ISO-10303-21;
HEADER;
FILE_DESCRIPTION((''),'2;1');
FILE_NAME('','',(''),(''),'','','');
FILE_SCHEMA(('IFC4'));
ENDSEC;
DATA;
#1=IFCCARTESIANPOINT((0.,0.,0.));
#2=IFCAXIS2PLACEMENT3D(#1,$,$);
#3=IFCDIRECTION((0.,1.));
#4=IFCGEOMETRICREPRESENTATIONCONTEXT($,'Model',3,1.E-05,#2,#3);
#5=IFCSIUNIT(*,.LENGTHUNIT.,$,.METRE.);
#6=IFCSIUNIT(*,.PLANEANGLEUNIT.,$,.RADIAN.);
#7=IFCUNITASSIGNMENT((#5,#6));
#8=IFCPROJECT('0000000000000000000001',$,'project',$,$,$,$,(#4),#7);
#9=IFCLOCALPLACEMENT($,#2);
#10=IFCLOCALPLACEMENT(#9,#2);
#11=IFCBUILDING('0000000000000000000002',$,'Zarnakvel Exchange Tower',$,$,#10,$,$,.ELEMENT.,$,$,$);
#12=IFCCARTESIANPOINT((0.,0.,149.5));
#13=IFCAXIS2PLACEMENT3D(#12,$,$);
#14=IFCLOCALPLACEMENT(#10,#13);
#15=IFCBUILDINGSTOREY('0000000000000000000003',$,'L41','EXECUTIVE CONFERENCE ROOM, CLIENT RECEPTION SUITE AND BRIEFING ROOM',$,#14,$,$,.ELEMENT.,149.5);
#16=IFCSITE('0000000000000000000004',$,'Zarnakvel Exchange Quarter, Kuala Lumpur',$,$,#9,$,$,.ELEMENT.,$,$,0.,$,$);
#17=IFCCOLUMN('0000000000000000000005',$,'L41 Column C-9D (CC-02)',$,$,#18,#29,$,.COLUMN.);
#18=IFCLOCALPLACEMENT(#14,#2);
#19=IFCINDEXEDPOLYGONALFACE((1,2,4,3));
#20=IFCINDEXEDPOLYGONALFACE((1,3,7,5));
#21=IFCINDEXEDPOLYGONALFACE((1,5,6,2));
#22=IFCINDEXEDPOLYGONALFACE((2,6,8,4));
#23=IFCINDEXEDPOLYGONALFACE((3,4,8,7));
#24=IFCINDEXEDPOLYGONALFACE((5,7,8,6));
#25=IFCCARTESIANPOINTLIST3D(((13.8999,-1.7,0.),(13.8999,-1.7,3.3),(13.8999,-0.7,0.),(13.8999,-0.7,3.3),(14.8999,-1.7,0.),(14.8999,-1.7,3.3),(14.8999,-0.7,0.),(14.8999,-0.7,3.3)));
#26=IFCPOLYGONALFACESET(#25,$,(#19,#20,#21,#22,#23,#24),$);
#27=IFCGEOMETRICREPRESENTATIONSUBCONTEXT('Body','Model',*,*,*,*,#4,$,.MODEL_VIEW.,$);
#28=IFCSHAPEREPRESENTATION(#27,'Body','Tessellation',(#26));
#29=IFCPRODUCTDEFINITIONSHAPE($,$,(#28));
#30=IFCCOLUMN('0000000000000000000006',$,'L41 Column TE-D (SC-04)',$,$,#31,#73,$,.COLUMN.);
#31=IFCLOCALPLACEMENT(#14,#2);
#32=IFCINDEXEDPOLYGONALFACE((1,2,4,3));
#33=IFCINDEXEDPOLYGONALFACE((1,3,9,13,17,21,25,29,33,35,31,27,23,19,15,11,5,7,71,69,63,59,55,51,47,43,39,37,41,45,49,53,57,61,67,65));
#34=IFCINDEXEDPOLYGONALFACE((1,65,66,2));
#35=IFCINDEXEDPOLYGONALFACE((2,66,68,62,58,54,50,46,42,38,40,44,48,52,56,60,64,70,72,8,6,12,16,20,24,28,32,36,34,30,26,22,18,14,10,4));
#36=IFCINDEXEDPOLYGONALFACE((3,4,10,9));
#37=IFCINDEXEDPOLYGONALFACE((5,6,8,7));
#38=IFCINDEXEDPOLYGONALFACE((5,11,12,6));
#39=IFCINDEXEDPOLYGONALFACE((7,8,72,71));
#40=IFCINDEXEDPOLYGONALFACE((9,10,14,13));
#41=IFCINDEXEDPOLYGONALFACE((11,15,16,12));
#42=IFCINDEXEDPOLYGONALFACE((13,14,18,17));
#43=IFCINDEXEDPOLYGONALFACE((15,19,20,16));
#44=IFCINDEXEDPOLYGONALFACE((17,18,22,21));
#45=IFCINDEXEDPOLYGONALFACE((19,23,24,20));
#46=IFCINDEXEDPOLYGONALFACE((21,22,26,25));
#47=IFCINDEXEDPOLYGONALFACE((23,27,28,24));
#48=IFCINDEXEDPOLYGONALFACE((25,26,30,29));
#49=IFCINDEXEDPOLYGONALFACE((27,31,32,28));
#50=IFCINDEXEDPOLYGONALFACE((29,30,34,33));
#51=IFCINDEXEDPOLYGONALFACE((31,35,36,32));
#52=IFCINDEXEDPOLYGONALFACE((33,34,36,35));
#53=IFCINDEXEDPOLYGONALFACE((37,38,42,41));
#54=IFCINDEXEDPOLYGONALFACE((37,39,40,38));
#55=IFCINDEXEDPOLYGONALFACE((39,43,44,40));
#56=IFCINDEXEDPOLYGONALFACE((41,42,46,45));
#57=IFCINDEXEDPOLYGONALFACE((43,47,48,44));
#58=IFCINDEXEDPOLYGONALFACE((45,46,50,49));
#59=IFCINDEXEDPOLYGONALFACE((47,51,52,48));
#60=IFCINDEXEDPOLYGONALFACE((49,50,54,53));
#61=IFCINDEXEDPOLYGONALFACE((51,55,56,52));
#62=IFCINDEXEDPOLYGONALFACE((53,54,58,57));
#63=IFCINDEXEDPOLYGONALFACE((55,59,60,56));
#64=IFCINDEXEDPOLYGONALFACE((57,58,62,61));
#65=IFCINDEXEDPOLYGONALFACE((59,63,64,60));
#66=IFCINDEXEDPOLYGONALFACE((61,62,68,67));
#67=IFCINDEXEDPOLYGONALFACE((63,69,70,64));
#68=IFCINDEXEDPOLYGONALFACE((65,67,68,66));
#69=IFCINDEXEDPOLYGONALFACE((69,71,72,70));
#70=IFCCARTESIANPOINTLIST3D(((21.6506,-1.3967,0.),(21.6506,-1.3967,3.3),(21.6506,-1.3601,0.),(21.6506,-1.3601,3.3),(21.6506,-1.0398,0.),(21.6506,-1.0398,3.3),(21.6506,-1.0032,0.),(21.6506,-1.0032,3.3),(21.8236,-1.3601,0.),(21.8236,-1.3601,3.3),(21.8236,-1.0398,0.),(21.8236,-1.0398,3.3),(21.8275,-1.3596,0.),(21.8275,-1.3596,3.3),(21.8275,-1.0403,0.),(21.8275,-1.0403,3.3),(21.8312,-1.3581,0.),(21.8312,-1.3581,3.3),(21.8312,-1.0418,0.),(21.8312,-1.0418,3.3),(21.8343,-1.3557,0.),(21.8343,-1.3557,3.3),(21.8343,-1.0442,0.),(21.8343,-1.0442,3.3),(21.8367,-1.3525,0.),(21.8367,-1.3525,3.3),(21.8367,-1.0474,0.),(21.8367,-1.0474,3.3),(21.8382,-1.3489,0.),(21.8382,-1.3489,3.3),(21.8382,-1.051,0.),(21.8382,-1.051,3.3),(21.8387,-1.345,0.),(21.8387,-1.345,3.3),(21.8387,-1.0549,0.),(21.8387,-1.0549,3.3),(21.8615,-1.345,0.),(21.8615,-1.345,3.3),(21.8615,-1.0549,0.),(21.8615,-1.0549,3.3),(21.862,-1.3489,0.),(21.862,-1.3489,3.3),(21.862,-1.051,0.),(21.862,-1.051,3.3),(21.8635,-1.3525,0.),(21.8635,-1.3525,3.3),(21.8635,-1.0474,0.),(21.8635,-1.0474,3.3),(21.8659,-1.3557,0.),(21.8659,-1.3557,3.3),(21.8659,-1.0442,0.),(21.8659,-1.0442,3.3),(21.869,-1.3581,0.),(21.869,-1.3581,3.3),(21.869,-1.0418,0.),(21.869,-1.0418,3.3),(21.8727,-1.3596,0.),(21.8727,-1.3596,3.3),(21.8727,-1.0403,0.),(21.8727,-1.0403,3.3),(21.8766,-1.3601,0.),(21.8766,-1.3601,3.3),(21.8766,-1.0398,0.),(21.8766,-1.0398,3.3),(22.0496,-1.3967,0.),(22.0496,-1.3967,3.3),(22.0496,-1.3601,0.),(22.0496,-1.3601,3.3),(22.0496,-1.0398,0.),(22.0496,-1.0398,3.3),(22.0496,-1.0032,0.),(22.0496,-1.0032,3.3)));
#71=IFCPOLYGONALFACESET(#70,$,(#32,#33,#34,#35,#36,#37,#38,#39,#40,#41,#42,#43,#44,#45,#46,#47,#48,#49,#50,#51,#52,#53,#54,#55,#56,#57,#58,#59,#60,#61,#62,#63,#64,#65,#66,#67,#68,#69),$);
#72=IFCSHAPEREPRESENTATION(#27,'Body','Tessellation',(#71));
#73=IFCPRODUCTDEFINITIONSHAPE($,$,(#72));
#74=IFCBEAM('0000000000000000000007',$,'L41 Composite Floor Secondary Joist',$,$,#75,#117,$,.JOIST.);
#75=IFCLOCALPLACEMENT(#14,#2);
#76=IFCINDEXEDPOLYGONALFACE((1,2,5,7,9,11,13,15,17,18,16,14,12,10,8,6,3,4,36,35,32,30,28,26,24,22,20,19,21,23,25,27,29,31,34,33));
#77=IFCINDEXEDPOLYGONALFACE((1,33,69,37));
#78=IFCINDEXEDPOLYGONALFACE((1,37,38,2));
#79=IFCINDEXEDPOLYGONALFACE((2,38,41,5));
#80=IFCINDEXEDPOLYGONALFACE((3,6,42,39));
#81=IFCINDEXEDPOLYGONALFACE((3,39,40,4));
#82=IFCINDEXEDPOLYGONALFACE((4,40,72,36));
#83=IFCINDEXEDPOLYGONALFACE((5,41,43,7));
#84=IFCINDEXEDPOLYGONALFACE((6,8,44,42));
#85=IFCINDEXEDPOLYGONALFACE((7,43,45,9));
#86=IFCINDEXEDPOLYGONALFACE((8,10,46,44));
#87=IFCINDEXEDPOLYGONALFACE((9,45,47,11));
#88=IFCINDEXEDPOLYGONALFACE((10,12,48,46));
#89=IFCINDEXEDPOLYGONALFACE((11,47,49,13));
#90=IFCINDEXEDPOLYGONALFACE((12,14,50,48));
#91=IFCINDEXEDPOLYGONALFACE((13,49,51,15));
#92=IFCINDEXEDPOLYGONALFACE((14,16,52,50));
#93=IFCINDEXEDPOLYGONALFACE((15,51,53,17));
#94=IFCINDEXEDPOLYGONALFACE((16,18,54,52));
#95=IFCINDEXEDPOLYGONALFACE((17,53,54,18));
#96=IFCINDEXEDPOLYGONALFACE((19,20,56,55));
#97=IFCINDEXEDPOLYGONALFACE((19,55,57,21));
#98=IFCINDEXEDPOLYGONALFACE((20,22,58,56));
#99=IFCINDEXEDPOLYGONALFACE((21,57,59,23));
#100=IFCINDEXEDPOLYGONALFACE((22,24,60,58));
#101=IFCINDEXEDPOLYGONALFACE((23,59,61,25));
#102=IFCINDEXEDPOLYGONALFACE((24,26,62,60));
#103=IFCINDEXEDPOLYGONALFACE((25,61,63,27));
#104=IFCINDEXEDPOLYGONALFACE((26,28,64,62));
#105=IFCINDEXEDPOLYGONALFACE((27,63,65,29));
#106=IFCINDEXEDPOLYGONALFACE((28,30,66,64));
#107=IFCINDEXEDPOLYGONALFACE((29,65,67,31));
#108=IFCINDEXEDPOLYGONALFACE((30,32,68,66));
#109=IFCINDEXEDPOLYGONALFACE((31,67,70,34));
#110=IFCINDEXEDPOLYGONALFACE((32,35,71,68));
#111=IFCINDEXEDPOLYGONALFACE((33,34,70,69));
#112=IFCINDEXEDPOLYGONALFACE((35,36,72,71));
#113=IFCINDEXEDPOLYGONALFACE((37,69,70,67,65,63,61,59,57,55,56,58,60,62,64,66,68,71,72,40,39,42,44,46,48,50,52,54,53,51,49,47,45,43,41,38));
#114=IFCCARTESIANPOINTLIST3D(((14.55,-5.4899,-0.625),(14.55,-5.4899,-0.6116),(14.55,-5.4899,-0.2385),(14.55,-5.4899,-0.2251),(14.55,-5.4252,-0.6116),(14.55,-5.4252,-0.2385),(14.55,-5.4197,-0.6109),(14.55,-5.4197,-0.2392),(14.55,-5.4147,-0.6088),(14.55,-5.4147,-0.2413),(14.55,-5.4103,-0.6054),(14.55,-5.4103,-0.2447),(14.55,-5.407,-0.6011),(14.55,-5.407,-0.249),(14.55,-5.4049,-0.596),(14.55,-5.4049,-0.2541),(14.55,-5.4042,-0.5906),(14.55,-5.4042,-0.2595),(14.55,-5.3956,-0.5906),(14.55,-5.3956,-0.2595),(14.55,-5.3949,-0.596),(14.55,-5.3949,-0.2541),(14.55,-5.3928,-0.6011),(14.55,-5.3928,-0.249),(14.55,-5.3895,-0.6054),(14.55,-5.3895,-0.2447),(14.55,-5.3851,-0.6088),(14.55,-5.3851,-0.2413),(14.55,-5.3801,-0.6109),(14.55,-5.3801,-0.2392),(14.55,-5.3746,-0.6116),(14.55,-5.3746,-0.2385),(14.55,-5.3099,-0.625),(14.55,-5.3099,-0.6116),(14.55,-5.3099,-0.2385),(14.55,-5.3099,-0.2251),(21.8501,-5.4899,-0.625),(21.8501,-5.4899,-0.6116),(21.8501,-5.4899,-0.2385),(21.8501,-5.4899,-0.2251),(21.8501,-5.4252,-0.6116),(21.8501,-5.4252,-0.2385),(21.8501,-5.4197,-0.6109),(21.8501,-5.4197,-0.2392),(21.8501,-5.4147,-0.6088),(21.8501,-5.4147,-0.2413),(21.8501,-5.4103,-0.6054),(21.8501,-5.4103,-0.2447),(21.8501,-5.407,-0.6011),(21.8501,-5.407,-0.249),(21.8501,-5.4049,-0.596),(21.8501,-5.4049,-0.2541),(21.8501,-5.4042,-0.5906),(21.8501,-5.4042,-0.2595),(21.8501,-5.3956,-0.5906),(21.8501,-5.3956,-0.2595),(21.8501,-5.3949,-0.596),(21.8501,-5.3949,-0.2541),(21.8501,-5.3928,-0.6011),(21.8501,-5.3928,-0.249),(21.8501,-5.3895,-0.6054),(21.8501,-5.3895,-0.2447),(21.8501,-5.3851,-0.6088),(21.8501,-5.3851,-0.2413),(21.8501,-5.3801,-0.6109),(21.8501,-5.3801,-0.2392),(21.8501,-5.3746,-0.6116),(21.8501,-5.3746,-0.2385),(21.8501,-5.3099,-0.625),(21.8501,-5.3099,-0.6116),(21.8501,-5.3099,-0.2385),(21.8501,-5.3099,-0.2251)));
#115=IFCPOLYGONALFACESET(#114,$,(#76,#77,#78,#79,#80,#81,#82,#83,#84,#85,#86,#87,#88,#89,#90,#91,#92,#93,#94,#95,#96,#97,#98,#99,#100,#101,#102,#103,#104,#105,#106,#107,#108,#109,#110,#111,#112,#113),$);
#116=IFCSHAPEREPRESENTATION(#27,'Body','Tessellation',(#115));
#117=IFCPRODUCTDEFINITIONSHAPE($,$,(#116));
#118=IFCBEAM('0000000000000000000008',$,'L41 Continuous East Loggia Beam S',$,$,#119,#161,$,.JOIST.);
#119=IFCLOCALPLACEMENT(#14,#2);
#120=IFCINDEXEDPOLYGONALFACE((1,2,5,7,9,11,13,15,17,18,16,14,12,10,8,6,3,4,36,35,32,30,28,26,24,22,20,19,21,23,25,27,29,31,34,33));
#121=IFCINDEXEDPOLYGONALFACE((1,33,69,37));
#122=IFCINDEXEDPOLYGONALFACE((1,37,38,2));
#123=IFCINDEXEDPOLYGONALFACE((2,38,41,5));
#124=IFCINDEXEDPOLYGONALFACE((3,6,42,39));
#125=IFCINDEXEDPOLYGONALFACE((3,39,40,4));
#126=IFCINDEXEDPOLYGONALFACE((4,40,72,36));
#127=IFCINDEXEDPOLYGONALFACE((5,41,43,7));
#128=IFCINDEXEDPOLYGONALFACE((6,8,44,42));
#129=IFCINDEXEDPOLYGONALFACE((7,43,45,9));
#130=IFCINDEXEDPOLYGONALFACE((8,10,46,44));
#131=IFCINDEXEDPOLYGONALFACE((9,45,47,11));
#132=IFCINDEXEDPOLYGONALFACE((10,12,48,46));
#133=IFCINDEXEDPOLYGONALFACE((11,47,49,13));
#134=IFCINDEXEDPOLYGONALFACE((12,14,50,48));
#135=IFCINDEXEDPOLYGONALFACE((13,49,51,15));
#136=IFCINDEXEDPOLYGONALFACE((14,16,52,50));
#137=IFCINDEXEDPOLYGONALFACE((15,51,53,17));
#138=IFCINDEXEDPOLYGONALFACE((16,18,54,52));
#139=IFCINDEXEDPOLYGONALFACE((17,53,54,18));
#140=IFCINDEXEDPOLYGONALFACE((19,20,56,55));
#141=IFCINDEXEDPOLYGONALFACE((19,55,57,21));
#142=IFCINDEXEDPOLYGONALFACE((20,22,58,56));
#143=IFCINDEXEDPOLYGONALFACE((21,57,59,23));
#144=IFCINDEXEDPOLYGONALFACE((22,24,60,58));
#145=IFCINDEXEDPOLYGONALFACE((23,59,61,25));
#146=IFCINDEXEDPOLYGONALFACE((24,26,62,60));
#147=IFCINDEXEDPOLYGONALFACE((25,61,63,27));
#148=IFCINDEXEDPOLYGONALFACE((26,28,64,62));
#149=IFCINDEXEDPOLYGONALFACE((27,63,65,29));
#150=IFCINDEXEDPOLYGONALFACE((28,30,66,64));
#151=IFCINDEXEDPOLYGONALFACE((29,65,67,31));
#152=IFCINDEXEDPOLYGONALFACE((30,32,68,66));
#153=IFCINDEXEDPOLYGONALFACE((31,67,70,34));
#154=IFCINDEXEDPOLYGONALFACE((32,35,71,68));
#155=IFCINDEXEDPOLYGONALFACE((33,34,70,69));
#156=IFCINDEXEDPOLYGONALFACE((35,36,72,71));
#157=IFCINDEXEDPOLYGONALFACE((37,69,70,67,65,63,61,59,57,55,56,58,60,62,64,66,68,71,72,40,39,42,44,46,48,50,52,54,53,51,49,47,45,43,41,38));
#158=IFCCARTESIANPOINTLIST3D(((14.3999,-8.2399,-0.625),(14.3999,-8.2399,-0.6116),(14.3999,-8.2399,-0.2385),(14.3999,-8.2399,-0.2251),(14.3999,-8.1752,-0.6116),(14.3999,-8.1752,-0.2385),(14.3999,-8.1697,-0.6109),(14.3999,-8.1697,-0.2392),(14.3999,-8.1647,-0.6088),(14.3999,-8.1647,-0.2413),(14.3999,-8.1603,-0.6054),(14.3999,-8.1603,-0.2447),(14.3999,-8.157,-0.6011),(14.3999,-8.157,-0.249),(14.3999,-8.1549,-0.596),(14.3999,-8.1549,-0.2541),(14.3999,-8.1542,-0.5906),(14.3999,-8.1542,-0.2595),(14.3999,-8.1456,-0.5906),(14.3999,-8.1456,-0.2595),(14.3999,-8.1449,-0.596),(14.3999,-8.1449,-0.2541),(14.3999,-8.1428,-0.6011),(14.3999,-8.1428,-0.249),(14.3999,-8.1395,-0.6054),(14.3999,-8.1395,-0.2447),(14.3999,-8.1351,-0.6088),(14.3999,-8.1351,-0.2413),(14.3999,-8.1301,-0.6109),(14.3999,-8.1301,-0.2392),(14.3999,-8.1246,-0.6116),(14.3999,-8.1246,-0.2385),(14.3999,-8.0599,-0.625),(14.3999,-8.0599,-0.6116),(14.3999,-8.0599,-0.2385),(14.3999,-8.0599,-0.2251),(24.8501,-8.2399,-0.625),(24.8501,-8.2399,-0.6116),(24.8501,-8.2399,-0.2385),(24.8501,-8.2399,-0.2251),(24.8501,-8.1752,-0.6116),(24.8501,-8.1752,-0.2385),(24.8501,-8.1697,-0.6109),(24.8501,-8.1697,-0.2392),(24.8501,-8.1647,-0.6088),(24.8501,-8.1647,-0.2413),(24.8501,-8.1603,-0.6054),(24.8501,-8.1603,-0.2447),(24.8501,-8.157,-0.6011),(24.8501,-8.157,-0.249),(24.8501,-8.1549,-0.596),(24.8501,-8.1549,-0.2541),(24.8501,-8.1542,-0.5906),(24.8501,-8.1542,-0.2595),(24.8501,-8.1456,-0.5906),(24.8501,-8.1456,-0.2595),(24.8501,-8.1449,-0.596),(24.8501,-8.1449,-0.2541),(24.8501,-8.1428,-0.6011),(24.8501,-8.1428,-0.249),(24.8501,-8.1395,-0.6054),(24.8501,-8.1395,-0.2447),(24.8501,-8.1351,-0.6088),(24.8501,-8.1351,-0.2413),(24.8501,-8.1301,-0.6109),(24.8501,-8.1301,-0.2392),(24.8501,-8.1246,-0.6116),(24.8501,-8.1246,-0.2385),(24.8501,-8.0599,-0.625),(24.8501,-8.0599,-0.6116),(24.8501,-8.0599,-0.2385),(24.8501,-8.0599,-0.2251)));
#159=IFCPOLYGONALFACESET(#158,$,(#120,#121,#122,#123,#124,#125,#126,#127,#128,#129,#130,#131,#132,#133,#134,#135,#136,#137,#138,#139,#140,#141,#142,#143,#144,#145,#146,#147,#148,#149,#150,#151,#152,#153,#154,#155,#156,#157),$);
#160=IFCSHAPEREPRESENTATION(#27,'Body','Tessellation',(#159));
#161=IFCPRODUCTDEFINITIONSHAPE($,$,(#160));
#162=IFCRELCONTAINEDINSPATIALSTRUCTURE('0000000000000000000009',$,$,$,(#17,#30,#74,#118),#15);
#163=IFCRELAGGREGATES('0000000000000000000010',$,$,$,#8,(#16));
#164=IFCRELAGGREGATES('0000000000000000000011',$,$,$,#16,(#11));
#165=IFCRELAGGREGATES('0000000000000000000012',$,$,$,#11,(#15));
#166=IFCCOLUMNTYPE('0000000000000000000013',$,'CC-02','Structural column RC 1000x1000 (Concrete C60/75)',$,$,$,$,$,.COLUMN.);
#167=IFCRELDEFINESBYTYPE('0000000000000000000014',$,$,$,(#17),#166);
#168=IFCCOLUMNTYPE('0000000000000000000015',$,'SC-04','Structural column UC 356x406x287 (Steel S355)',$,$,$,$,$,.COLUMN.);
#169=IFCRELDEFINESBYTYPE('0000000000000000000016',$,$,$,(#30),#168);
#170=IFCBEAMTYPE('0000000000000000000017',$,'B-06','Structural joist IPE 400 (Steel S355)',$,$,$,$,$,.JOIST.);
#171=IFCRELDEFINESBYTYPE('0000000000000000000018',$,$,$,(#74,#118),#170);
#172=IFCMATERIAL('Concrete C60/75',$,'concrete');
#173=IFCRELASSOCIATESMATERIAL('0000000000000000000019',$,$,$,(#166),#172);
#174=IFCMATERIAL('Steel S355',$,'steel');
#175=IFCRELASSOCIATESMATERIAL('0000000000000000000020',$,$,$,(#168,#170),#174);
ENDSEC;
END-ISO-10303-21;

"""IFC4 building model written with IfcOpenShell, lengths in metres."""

from ifc_helpers import new_model, si_unit, direction, frame, origin, origin_2d, place, context, subcontext, project, spatial, rectangle, i_section, extrude, material, material_profile, profile_set, type_object, element, save


model = new_model("IFC4")

# Units and contexts
model_context = context("Model", 3, precision=1e-05, world=origin(), true_north=direction((0.0, 1.0)))
body_context = subcontext(model_context, "Body", "Model", "MODEL_VIEW")
ifc_project = project(units=[si_unit("LENGTHUNIT", "METRE"), si_unit("PLANEANGLEUNIT", "RADIAN")], contexts=[model_context])

# Site, building, storey
site_placement = place(None, origin())
site = spatial("IfcSite", under=ifc_project, at=site_placement, Name="Zarnakvel Exchange Quarter, Kuala Lumpur", CompositionType="ELEMENT", RefElevation=0.0)
building_placement = place(site_placement, origin())
building = spatial("IfcBuilding", under=site, at=building_placement, Name="Zarnakvel Exchange Tower", CompositionType="ELEMENT")
storey_placement = place(building_placement, frame((0.0, 0.0, 149.5)))
storey = spatial("IfcBuildingStorey", under=building, at=storey_placement, Name="L41", Description="EXECUTIVE CONFERENCE ROOM, CLIENT RECEPTION SUITE AND BRIEFING ROOM", CompositionType="ELEMENT", Elevation=149.5)

# Columns
ifc_material_1 = material(Name="Concrete C60/75", Category="concrete")
ifc_material_profile_1 = material_profile(ifc_material_1, rectangle(XDim=1.0, YDim=1.0, at=origin_2d()))
ifc_profile_set_1 = profile_set([ifc_material_profile_1], Name="Concrete C60/75")
column_type_1 = type_object("IfcColumnType", Name="CC-02", Description="Structural column RC 1000x1000 (Concrete C60/75)", PredefinedType="COLUMN", material=ifc_profile_set_1)
column_1_placement = place(storey_placement, frame((14.3999, -1.2, 0.0), z_axis=(0.0, 0.0, 1.0), x_axis=(1.0, 0.0, 0.0)))
element("IfcColumn", 1, at=column_1_placement, inside=storey, type_object=column_type_1, Name="L41 Column C-9D (CC-02)", PredefinedType="COLUMN", context=body_context, shape_type="SweptSolid", body=[
    extrude(rectangle(XDim=1.0, YDim=1.0, at=origin_2d()), origin(), (0.0, 0.0, 1.0), 3.3),
])
ifc_material_2 = material(Name="Steel S355", Category="steel")
ifc_material_profile_2 = material_profile(ifc_material_2, i_section(OverallWidth=0.3989, OverallDepth=0.3936, WebThickness=0.0227, FlangeThickness=0.0366, FilletRadius=0.0151, at=origin_2d()))
ifc_profile_set_2 = profile_set([ifc_material_profile_2], Name="Steel S355")
column_type_2 = type_object("IfcColumnType", Name="SC-04", Description="Structural column UC 356x406x287 (Steel S355)", PredefinedType="COLUMN", material=ifc_profile_set_2)
column_2_placement = place(storey_placement, frame((21.8501, -1.2, 0.0), z_axis=(0.0, 0.0, 1.0), x_axis=(1.0, 0.0, 0.0)))
element("IfcColumn", 2, at=column_2_placement, inside=storey, type_object=column_type_2, Name="L41 Column TE-D (SC-04)", PredefinedType="COLUMN", context=body_context, shape_type="SweptSolid", body=[
    extrude(i_section(OverallWidth=0.3989, OverallDepth=0.3936, WebThickness=0.0227, FlangeThickness=0.0366, FilletRadius=0.0151, at=origin_2d()), origin(), (0.0, 0.0, 1.0), 3.3),
])

# Beams
ifc_material_profile_3 = material_profile(ifc_material_2, i_section(OverallWidth=0.1799, OverallDepth=0.3999, WebThickness=0.0085, FlangeThickness=0.0134, FilletRadius=0.021, at=origin_2d()))
ifc_profile_set_3 = profile_set([ifc_material_profile_3], Name="Steel S355")
beam_type_1 = type_object("IfcBeamType", Name="B-06", Description="Structural joist IPE 400 (Steel S355)", PredefinedType="JOIST", material=ifc_profile_set_3)
beam_1_placement = place(storey_placement, frame((14.55, -5.3999, -0.425), z_axis=(1.0, 0.0, 0.0), x_axis=(0.0, 1.0, 0.0)))
element("IfcBeam", 3, at=beam_1_placement, inside=storey, type_object=beam_type_1, Name="L41 Composite Floor Secondary Joist", PredefinedType="JOIST", context=body_context, shape_type="SweptSolid", body=[
    extrude(i_section(OverallWidth=0.1799, OverallDepth=0.3999, WebThickness=0.0085, FlangeThickness=0.0134, FilletRadius=0.021, at=origin_2d()), origin(), (0.0, 0.0, 1.0), 7.3),
])
for number, where, z_axis, x_axis, name in (
    (4, (14.3999, -8.1499, -0.425), (1.0, 0.0, 0.0), (0.0, 1.0, 0.0), "L41 Continuous East Loggia Beam S"),
):
    element("IfcBeam", number, at=place(storey_placement, frame(where, z_axis=z_axis, x_axis=x_axis)), inside=storey, type_object=beam_type_1, Name=name, PredefinedType="JOIST", context=body_context, shape_type="SweptSolid", body=[
        extrude(i_section(OverallWidth=0.1799, OverallDepth=0.3999, WebThickness=0.0085, FlangeThickness=0.0134, FilletRadius=0.021, at=origin_2d()), origin(), (0.0, 0.0, 1.0), 10.4502),
    ])

save(model, "model.ifc")
